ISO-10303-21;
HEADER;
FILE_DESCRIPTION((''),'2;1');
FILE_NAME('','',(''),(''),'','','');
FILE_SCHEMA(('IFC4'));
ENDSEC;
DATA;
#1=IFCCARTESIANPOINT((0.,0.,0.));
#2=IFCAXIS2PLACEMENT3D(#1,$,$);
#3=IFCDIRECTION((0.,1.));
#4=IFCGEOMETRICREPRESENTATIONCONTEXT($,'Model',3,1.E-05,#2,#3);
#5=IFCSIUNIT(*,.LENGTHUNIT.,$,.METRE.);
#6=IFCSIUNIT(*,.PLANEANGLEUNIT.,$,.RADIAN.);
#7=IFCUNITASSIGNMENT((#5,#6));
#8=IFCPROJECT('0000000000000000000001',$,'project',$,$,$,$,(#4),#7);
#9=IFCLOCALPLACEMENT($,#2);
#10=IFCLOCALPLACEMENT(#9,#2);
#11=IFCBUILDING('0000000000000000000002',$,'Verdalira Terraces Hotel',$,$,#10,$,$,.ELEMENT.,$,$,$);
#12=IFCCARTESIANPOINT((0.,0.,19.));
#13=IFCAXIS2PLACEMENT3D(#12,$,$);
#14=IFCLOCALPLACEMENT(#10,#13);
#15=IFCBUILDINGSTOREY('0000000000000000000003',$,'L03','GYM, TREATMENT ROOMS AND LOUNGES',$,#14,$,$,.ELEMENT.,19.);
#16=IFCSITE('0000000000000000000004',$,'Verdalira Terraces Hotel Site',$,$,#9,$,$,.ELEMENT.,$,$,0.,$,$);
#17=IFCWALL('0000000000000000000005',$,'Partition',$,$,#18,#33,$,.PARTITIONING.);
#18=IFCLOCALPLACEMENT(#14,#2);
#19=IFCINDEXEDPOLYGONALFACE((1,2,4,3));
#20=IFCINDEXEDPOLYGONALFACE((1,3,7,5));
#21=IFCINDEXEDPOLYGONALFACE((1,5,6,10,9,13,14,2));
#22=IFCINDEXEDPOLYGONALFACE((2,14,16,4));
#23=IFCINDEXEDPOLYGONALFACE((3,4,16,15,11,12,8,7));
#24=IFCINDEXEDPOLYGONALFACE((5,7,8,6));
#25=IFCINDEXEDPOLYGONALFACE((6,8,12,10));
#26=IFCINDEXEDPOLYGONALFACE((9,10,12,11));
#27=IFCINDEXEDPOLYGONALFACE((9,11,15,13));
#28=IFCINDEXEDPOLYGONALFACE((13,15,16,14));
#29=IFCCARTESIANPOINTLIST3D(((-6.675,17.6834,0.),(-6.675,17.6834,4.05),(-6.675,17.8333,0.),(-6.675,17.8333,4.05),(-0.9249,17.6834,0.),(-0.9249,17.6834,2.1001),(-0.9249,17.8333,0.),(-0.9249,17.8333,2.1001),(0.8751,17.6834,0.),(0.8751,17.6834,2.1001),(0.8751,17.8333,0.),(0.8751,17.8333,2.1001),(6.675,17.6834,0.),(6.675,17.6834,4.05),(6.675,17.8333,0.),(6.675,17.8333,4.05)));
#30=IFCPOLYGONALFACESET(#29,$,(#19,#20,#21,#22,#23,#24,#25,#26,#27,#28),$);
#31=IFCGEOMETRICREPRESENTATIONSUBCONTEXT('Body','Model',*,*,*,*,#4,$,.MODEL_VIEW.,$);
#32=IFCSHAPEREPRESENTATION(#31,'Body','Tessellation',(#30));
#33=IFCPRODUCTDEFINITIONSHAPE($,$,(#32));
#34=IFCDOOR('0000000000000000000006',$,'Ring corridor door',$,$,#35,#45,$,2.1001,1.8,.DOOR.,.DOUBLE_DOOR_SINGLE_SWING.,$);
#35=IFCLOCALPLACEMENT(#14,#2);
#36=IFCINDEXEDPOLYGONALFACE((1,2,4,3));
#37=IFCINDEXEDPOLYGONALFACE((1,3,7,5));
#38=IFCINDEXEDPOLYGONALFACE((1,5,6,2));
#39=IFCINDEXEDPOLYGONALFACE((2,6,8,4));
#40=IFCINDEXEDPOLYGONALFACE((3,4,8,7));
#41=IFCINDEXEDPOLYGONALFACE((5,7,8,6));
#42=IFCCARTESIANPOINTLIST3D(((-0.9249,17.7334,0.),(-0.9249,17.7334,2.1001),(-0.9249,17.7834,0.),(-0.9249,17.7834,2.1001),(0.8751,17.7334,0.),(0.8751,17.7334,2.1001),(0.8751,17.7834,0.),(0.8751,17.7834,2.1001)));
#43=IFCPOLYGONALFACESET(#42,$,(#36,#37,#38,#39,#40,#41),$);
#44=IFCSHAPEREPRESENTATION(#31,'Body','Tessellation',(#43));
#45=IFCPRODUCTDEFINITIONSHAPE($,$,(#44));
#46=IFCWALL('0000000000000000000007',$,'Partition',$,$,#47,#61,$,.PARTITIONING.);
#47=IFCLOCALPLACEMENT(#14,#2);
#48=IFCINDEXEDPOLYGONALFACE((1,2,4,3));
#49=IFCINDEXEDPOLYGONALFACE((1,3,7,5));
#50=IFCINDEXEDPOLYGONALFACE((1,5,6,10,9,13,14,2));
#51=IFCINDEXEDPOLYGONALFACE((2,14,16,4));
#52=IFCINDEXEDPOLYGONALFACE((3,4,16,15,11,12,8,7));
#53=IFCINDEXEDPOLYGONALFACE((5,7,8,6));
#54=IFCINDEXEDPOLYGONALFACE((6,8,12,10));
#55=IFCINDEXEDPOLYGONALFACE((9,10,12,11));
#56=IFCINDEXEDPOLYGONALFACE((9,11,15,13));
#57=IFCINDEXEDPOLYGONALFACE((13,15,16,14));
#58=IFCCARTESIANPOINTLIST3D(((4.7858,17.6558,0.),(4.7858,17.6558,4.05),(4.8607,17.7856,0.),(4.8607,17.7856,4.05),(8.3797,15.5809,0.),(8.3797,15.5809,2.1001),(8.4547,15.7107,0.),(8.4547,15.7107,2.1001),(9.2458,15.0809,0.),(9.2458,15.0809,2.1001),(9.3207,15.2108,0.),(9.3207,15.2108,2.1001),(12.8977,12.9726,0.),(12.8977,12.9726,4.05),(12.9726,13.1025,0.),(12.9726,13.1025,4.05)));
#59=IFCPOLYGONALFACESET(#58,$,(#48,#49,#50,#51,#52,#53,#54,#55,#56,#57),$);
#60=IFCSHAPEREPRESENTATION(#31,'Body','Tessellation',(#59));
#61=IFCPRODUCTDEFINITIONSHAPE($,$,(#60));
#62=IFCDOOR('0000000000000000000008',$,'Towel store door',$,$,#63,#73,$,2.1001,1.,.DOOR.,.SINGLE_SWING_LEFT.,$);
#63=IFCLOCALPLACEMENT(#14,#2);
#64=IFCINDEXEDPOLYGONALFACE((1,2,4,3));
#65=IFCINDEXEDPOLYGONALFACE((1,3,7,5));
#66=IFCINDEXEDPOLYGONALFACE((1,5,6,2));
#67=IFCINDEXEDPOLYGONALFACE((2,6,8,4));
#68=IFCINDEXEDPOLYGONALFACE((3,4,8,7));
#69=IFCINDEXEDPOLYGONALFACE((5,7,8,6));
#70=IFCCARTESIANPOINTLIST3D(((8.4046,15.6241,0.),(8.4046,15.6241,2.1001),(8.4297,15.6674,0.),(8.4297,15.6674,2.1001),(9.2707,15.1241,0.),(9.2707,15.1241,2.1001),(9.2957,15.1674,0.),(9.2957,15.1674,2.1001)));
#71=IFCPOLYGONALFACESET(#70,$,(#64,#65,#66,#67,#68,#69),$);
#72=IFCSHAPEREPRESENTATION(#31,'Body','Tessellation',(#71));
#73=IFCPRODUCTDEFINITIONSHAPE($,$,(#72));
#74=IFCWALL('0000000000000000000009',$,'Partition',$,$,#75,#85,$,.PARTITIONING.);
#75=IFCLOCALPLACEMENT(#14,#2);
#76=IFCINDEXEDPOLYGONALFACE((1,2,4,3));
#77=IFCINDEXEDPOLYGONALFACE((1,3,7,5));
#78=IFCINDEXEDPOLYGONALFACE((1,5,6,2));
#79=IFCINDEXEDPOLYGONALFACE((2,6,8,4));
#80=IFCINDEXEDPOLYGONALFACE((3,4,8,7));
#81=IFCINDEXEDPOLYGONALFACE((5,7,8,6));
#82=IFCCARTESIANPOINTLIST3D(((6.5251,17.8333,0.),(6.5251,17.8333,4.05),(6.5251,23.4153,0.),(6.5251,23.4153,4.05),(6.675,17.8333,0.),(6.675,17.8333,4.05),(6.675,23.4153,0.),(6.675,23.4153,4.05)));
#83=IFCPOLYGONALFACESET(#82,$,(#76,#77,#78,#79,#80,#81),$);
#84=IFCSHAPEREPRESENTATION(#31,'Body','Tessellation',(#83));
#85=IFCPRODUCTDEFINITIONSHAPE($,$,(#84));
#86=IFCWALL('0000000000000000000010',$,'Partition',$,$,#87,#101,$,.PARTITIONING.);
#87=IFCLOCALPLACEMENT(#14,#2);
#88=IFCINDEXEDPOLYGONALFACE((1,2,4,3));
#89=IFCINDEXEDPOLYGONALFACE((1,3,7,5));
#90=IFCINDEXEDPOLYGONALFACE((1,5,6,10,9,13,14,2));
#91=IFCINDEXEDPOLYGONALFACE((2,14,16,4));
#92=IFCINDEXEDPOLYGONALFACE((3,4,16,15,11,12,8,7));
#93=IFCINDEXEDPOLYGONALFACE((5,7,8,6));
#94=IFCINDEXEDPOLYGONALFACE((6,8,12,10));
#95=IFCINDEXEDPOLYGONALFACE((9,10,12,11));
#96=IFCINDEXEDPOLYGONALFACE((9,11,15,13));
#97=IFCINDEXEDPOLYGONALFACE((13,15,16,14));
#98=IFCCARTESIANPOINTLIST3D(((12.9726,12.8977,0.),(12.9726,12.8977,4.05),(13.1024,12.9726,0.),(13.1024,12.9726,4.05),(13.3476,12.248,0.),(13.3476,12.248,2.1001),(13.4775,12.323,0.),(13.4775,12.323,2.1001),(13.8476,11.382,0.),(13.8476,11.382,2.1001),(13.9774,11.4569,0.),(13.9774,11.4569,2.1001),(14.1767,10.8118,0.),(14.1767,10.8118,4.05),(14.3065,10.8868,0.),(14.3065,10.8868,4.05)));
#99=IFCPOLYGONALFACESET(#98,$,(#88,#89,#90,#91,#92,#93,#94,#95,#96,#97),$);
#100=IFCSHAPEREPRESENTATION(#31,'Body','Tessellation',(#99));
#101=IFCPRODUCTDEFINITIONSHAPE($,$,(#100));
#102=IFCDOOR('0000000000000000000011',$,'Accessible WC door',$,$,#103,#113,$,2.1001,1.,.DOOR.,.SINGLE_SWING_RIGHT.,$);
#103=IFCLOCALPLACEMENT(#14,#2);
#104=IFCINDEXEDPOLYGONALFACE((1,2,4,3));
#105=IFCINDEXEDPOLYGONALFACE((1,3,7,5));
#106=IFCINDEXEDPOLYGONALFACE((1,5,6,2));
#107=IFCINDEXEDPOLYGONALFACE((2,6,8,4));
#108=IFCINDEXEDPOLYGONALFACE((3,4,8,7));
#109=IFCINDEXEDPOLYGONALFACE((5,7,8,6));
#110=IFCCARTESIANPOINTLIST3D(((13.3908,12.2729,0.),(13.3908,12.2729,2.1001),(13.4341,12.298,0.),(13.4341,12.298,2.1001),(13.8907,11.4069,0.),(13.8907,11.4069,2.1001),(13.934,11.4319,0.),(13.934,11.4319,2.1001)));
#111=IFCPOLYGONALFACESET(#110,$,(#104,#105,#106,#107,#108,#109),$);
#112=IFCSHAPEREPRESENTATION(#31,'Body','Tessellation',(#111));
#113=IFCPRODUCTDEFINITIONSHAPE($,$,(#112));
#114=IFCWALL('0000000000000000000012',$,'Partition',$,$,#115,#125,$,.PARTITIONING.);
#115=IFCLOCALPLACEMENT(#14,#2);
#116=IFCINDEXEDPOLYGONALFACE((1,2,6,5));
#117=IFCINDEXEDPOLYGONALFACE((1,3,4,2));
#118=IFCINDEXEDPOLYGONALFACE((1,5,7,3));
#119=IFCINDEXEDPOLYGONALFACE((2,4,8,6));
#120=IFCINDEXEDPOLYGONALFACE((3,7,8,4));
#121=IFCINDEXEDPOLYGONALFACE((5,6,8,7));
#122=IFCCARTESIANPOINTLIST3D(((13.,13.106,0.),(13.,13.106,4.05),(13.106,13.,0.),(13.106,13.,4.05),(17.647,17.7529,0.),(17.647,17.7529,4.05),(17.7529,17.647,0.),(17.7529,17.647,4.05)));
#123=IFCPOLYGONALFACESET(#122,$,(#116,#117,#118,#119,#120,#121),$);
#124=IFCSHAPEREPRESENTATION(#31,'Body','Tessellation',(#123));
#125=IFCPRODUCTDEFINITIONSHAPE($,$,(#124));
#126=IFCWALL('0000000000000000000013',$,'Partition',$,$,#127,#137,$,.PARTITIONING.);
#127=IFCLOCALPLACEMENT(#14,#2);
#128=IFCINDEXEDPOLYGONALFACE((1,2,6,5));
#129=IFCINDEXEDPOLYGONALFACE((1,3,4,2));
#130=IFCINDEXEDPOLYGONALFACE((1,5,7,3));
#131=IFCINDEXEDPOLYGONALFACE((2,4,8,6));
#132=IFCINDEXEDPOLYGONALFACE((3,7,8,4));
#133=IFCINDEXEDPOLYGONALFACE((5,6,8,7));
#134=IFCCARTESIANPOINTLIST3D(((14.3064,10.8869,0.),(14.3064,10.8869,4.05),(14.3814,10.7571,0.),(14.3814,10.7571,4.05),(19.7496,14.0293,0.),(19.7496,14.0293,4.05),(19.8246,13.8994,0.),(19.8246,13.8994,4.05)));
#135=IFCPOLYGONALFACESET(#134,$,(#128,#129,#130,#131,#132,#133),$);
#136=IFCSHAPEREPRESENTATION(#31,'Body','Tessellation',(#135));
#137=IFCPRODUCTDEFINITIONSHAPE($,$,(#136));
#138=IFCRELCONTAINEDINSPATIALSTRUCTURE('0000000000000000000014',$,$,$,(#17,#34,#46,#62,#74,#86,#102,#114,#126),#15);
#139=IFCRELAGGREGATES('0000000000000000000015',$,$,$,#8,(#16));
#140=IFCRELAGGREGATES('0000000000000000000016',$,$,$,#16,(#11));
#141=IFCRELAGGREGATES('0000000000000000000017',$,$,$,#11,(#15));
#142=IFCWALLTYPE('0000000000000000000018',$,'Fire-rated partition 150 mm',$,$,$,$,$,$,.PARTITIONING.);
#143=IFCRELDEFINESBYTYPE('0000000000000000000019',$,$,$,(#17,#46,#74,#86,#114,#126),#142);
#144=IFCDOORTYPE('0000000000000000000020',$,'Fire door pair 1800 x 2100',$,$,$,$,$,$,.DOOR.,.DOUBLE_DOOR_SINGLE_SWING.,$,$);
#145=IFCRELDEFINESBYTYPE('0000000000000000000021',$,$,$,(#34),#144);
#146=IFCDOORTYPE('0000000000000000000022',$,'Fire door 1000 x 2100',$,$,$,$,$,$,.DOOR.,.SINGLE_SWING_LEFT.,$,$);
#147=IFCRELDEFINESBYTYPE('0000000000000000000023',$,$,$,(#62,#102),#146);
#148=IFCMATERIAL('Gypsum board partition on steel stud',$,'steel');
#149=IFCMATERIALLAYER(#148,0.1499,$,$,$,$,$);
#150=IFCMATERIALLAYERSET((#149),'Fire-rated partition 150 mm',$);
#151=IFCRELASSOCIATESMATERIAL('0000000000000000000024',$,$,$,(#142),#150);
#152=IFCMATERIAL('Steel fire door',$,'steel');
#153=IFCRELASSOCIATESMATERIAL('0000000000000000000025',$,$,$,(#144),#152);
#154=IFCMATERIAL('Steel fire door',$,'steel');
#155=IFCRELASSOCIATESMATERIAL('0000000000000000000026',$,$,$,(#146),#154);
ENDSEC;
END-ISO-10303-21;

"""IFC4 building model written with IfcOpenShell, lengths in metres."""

from ifc_helpers import new_model, si_unit, direction, frame, frame_2d, origin, place, context, subcontext, project, spatial, rectangle, extrude, material, layer, layer_set, type_object, element, fill, save


model = new_model("IFC4")

# Units and contexts
model_context = context("Model", 3, precision=1e-05, world=origin(), true_north=direction((0.0, 1.0)))
body_context = subcontext(model_context, "Body", "Model", "MODEL_VIEW")
ifc_project = project(units=[si_unit("LENGTHUNIT", "METRE"), si_unit("PLANEANGLEUNIT", "RADIAN")], contexts=[model_context])

# Site, building, storey
site_placement = place(None, origin())
site = spatial("IfcSite", under=ifc_project, at=site_placement, Name="Verdalira Terraces Hotel Site", CompositionType="ELEMENT", RefElevation=0.0)
building_placement = place(site_placement, origin())
building = spatial("IfcBuilding", under=site, at=building_placement, Name="Verdalira Terraces Hotel", CompositionType="ELEMENT")
storey_placement = place(building_placement, frame((0.0, 0.0, 19.0)))
storey = spatial("IfcBuildingStorey", under=building, at=storey_placement, Name="L03", Description="GYM, TREATMENT ROOMS AND LOUNGES", CompositionType="ELEMENT", Elevation=19.0)

# Walls, openings, doors
ifc_material_1 = material(Name="Gypsum board partition on steel stud", Category="steel")
ifc_layer_1 = layer(ifc_material_1, 0.1499)
ifc_layer_set_1 = layer_set([ifc_layer_1], Name="Fire-rated partition 150 mm")
wall_type_1 = type_object("IfcWallType", Name="Fire-rated partition 150 mm", PredefinedType="PARTITIONING", material=ifc_layer_set_1)
wall_1_placement = place(storey_placement, frame((6.675, 17.7583, 0.0), z_axis=(0.0, 0.0, 1.0), x_axis=(-1.0, 0.0, 0.0)))
wall_1 = element("IfcWall", 1, at=wall_1_placement, inside=storey, type_object=wall_type_1, Name="Partition", PredefinedType="PARTITIONING", context=body_context, shape_type="SweptSolid", body=[
    extrude(rectangle(XDim=13.3501, YDim=0.1499, at=frame_2d((6.675, 0.0))), origin(), (0.0, 0.0, 1.0), 4.05),
])
opening_1_placement = place(wall_1_placement, frame((5.8, 0.0, 0.0)))
opening_1 = element("IfcOpeningElement", 2, at=opening_1_placement, cuts=wall_1, PredefinedType="OPENING", context=body_context, shape_type="SweptSolid", body=[
    extrude(rectangle(XDim=1.8, YDim=2.1001, at=frame_2d((0.8999, 1.05))), frame((0.0, 0.085, 0.0), z_axis=(0.0, -1.0, 0.0), x_axis=(1.0, 0.0, 0.0)), (0.0, 0.0, 1.0), 0.1699),
])
ifc_material_2 = material(Name="Steel fire door", Category="steel")
door_type_1 = type_object("IfcDoorType", Name="Fire door pair 1800 x 2100", OperationType="DOUBLE_DOOR_SINGLE_SWING", PredefinedType="DOOR", material=ifc_material_2)
door_1_placement = place(opening_1_placement, origin())
door_1 = element("IfcDoor", 3, at=door_1_placement, inside=storey, type_object=door_type_1, Name="Ring corridor door", OperationType="DOUBLE_DOOR_SINGLE_SWING", OverallHeight=2.1001, OverallWidth=1.8, PredefinedType="DOOR", context=body_context, shape_type="SweptSolid", body=[
    extrude(rectangle(XDim=1.8, YDim=2.1001, at=frame_2d((0.8999, 1.05))), frame((0.0, 0.0249, 0.0), z_axis=(0.0, -1.0, 0.0), x_axis=(1.0, 0.0, 0.0)), (0.0, 0.0, 1.0), 0.05),
])
fill(opening_1, door_1)
wall_2_placement = place(storey_placement, frame((4.8232, 17.7207, 0.0), z_axis=(0.0, 0.0, 1.0), x_axis=(0.866037, -0.49998, 0.0)))
wall_2 = element("IfcWall", 4, at=wall_2_placement, inside=storey, type_object=wall_type_1, Name="Partition", PredefinedType="PARTITIONING", context=body_context, shape_type="SweptSolid", body=[
    extrude(rectangle(XDim=9.3667, YDim=0.1499, at=frame_2d((4.6833, 0.0))), origin(), (0.0, 0.0, 1.0), 4.05),
])
opening_2_placement = place(wall_2_placement, frame((4.1499, 0.0, 0.0)))
opening_2 = element("IfcOpeningElement", 5, at=opening_2_placement, cuts=wall_2, PredefinedType="OPENING", context=body_context, shape_type="SweptSolid", body=[
    extrude(rectangle(XDim=1.0, YDim=2.1001, at=frame_2d((0.5, 1.05))), frame((0.0, 0.085, 0.0), z_axis=(0.0, -1.0, 0.0), x_axis=(1.0, 0.0, 0.0)), (0.0, 0.0, 1.0), 0.1699),
])
ifc_material_3 = material(Name="Steel fire door", Category="steel")
door_type_2 = type_object("IfcDoorType", Name="Fire door 1000 x 2100", OperationType="SINGLE_SWING_LEFT", PredefinedType="DOOR", material=ifc_material_3)
door_2_placement = place(opening_2_placement, origin())
door_2 = element("IfcDoor", 6, at=door_2_placement, inside=storey, type_object=door_type_2, Name="Towel store door", OperationType="SINGLE_SWING_LEFT", OverallHeight=2.1001, OverallWidth=1.0, PredefinedType="DOOR", context=body_context, shape_type="SweptSolid", body=[
    extrude(rectangle(XDim=1.0, YDim=2.1001, at=frame_2d((0.5, 1.05))), frame((0.0, 0.0249, 0.0), z_axis=(0.0, -1.0, 0.0), x_axis=(1.0, 0.0, 0.0)), (0.0, 0.0, 1.0), 0.05),
])
fill(opening_2, door_2)

# Wall
wall_3_placement = place(storey_placement, frame((6.6001, 17.8333, 0.0), z_axis=(0.0, 0.0, 1.0), x_axis=(0.0, 1.0, 0.0)))
element("IfcWall", 7, at=wall_3_placement, inside=storey, type_object=wall_type_1, Name="Partition", PredefinedType="PARTITIONING", context=body_context, shape_type="SweptSolid", body=[
    extrude(rectangle(XDim=5.582, YDim=0.1499, at=frame_2d((2.791, 0.0))), origin(), (0.0, 0.0, 1.0), 4.05),
])

# Wall, opening, door
wall_4_placement = place(storey_placement, frame((13.0376, 12.9351, 0.0), z_axis=(0.0, 0.0, 1.0), x_axis=(0.499933, -0.866064, 0.0)))
wall_4 = element("IfcWall", 8, at=wall_4_placement, inside=storey, type_object=wall_type_1, Name="Partition", PredefinedType="PARTITIONING", context=body_context, shape_type="SweptSolid", body=[
    extrude(rectangle(XDim=2.4084, YDim=0.1499, at=frame_2d((1.2041, 0.0))), origin(), (0.0, 0.0, 1.0), 4.05),
])
opening_3_placement = place(wall_4_placement, frame((0.75, 0.0, 0.0)))
opening_3 = element("IfcOpeningElement", 9, at=opening_3_placement, cuts=wall_4, PredefinedType="OPENING", context=body_context, shape_type="SweptSolid", body=[
    extrude(rectangle(XDim=1.0, YDim=2.1001, at=frame_2d((0.5, 1.05))), frame((0.0, 0.085, 0.0), z_axis=(0.0, -1.0, 0.0), x_axis=(1.0, 0.0, 0.0)), (0.0, 0.0, 1.0), 0.1699),
])
door_3_placement = place(opening_3_placement, origin())
door_3 = element("IfcDoor", 10, at=door_3_placement, inside=storey, type_object=door_type_2, Name="Accessible WC door", OperationType="SINGLE_SWING_RIGHT", OverallHeight=2.1001, OverallWidth=1.0, PredefinedType="DOOR", context=body_context, shape_type="SweptSolid", body=[
    extrude(rectangle(XDim=1.0, YDim=2.1001, at=frame_2d((0.5, 1.05))), frame((0.0, 0.0249, 0.0), z_axis=(0.0, -1.0, 0.0), x_axis=(1.0, 0.0, 0.0)), (0.0, 0.0, 1.0), 0.05),
])
fill(opening_3, door_3)

# Walls
wall_5_placement = place(storey_placement, frame((17.7, 17.7, 0.0), z_axis=(0.0, 0.0, 1.0), x_axis=(-0.707107, -0.707107, 0.0)))
element("IfcWall", 11, at=wall_5_placement, inside=storey, type_object=wall_type_1, Name="Partition", PredefinedType="PARTITIONING", context=body_context, shape_type="SweptSolid", body=[
    extrude(rectangle(XDim=6.5718, YDim=0.1499, at=frame_2d((3.2859, 0.0))), origin(), (0.0, 0.0, 1.0), 4.05),
])
wall_6_placement = place(storey_placement, frame((19.7871, 13.9644, 0.0), z_axis=(0.0, 0.0, 1.0), x_axis=(-0.866043, -0.49997, 0.0)))
element("IfcWall", 12, at=wall_6_placement, inside=storey, type_object=wall_type_1, Name="Partition", PredefinedType="PARTITIONING", context=body_context, shape_type="SweptSolid", body=[
    extrude(rectangle(XDim=6.2852, YDim=0.1499, at=frame_2d((3.1426, 0.0))), origin(), (0.0, 0.0, 1.0), 4.05),
])

save(model, "model.ifc")
